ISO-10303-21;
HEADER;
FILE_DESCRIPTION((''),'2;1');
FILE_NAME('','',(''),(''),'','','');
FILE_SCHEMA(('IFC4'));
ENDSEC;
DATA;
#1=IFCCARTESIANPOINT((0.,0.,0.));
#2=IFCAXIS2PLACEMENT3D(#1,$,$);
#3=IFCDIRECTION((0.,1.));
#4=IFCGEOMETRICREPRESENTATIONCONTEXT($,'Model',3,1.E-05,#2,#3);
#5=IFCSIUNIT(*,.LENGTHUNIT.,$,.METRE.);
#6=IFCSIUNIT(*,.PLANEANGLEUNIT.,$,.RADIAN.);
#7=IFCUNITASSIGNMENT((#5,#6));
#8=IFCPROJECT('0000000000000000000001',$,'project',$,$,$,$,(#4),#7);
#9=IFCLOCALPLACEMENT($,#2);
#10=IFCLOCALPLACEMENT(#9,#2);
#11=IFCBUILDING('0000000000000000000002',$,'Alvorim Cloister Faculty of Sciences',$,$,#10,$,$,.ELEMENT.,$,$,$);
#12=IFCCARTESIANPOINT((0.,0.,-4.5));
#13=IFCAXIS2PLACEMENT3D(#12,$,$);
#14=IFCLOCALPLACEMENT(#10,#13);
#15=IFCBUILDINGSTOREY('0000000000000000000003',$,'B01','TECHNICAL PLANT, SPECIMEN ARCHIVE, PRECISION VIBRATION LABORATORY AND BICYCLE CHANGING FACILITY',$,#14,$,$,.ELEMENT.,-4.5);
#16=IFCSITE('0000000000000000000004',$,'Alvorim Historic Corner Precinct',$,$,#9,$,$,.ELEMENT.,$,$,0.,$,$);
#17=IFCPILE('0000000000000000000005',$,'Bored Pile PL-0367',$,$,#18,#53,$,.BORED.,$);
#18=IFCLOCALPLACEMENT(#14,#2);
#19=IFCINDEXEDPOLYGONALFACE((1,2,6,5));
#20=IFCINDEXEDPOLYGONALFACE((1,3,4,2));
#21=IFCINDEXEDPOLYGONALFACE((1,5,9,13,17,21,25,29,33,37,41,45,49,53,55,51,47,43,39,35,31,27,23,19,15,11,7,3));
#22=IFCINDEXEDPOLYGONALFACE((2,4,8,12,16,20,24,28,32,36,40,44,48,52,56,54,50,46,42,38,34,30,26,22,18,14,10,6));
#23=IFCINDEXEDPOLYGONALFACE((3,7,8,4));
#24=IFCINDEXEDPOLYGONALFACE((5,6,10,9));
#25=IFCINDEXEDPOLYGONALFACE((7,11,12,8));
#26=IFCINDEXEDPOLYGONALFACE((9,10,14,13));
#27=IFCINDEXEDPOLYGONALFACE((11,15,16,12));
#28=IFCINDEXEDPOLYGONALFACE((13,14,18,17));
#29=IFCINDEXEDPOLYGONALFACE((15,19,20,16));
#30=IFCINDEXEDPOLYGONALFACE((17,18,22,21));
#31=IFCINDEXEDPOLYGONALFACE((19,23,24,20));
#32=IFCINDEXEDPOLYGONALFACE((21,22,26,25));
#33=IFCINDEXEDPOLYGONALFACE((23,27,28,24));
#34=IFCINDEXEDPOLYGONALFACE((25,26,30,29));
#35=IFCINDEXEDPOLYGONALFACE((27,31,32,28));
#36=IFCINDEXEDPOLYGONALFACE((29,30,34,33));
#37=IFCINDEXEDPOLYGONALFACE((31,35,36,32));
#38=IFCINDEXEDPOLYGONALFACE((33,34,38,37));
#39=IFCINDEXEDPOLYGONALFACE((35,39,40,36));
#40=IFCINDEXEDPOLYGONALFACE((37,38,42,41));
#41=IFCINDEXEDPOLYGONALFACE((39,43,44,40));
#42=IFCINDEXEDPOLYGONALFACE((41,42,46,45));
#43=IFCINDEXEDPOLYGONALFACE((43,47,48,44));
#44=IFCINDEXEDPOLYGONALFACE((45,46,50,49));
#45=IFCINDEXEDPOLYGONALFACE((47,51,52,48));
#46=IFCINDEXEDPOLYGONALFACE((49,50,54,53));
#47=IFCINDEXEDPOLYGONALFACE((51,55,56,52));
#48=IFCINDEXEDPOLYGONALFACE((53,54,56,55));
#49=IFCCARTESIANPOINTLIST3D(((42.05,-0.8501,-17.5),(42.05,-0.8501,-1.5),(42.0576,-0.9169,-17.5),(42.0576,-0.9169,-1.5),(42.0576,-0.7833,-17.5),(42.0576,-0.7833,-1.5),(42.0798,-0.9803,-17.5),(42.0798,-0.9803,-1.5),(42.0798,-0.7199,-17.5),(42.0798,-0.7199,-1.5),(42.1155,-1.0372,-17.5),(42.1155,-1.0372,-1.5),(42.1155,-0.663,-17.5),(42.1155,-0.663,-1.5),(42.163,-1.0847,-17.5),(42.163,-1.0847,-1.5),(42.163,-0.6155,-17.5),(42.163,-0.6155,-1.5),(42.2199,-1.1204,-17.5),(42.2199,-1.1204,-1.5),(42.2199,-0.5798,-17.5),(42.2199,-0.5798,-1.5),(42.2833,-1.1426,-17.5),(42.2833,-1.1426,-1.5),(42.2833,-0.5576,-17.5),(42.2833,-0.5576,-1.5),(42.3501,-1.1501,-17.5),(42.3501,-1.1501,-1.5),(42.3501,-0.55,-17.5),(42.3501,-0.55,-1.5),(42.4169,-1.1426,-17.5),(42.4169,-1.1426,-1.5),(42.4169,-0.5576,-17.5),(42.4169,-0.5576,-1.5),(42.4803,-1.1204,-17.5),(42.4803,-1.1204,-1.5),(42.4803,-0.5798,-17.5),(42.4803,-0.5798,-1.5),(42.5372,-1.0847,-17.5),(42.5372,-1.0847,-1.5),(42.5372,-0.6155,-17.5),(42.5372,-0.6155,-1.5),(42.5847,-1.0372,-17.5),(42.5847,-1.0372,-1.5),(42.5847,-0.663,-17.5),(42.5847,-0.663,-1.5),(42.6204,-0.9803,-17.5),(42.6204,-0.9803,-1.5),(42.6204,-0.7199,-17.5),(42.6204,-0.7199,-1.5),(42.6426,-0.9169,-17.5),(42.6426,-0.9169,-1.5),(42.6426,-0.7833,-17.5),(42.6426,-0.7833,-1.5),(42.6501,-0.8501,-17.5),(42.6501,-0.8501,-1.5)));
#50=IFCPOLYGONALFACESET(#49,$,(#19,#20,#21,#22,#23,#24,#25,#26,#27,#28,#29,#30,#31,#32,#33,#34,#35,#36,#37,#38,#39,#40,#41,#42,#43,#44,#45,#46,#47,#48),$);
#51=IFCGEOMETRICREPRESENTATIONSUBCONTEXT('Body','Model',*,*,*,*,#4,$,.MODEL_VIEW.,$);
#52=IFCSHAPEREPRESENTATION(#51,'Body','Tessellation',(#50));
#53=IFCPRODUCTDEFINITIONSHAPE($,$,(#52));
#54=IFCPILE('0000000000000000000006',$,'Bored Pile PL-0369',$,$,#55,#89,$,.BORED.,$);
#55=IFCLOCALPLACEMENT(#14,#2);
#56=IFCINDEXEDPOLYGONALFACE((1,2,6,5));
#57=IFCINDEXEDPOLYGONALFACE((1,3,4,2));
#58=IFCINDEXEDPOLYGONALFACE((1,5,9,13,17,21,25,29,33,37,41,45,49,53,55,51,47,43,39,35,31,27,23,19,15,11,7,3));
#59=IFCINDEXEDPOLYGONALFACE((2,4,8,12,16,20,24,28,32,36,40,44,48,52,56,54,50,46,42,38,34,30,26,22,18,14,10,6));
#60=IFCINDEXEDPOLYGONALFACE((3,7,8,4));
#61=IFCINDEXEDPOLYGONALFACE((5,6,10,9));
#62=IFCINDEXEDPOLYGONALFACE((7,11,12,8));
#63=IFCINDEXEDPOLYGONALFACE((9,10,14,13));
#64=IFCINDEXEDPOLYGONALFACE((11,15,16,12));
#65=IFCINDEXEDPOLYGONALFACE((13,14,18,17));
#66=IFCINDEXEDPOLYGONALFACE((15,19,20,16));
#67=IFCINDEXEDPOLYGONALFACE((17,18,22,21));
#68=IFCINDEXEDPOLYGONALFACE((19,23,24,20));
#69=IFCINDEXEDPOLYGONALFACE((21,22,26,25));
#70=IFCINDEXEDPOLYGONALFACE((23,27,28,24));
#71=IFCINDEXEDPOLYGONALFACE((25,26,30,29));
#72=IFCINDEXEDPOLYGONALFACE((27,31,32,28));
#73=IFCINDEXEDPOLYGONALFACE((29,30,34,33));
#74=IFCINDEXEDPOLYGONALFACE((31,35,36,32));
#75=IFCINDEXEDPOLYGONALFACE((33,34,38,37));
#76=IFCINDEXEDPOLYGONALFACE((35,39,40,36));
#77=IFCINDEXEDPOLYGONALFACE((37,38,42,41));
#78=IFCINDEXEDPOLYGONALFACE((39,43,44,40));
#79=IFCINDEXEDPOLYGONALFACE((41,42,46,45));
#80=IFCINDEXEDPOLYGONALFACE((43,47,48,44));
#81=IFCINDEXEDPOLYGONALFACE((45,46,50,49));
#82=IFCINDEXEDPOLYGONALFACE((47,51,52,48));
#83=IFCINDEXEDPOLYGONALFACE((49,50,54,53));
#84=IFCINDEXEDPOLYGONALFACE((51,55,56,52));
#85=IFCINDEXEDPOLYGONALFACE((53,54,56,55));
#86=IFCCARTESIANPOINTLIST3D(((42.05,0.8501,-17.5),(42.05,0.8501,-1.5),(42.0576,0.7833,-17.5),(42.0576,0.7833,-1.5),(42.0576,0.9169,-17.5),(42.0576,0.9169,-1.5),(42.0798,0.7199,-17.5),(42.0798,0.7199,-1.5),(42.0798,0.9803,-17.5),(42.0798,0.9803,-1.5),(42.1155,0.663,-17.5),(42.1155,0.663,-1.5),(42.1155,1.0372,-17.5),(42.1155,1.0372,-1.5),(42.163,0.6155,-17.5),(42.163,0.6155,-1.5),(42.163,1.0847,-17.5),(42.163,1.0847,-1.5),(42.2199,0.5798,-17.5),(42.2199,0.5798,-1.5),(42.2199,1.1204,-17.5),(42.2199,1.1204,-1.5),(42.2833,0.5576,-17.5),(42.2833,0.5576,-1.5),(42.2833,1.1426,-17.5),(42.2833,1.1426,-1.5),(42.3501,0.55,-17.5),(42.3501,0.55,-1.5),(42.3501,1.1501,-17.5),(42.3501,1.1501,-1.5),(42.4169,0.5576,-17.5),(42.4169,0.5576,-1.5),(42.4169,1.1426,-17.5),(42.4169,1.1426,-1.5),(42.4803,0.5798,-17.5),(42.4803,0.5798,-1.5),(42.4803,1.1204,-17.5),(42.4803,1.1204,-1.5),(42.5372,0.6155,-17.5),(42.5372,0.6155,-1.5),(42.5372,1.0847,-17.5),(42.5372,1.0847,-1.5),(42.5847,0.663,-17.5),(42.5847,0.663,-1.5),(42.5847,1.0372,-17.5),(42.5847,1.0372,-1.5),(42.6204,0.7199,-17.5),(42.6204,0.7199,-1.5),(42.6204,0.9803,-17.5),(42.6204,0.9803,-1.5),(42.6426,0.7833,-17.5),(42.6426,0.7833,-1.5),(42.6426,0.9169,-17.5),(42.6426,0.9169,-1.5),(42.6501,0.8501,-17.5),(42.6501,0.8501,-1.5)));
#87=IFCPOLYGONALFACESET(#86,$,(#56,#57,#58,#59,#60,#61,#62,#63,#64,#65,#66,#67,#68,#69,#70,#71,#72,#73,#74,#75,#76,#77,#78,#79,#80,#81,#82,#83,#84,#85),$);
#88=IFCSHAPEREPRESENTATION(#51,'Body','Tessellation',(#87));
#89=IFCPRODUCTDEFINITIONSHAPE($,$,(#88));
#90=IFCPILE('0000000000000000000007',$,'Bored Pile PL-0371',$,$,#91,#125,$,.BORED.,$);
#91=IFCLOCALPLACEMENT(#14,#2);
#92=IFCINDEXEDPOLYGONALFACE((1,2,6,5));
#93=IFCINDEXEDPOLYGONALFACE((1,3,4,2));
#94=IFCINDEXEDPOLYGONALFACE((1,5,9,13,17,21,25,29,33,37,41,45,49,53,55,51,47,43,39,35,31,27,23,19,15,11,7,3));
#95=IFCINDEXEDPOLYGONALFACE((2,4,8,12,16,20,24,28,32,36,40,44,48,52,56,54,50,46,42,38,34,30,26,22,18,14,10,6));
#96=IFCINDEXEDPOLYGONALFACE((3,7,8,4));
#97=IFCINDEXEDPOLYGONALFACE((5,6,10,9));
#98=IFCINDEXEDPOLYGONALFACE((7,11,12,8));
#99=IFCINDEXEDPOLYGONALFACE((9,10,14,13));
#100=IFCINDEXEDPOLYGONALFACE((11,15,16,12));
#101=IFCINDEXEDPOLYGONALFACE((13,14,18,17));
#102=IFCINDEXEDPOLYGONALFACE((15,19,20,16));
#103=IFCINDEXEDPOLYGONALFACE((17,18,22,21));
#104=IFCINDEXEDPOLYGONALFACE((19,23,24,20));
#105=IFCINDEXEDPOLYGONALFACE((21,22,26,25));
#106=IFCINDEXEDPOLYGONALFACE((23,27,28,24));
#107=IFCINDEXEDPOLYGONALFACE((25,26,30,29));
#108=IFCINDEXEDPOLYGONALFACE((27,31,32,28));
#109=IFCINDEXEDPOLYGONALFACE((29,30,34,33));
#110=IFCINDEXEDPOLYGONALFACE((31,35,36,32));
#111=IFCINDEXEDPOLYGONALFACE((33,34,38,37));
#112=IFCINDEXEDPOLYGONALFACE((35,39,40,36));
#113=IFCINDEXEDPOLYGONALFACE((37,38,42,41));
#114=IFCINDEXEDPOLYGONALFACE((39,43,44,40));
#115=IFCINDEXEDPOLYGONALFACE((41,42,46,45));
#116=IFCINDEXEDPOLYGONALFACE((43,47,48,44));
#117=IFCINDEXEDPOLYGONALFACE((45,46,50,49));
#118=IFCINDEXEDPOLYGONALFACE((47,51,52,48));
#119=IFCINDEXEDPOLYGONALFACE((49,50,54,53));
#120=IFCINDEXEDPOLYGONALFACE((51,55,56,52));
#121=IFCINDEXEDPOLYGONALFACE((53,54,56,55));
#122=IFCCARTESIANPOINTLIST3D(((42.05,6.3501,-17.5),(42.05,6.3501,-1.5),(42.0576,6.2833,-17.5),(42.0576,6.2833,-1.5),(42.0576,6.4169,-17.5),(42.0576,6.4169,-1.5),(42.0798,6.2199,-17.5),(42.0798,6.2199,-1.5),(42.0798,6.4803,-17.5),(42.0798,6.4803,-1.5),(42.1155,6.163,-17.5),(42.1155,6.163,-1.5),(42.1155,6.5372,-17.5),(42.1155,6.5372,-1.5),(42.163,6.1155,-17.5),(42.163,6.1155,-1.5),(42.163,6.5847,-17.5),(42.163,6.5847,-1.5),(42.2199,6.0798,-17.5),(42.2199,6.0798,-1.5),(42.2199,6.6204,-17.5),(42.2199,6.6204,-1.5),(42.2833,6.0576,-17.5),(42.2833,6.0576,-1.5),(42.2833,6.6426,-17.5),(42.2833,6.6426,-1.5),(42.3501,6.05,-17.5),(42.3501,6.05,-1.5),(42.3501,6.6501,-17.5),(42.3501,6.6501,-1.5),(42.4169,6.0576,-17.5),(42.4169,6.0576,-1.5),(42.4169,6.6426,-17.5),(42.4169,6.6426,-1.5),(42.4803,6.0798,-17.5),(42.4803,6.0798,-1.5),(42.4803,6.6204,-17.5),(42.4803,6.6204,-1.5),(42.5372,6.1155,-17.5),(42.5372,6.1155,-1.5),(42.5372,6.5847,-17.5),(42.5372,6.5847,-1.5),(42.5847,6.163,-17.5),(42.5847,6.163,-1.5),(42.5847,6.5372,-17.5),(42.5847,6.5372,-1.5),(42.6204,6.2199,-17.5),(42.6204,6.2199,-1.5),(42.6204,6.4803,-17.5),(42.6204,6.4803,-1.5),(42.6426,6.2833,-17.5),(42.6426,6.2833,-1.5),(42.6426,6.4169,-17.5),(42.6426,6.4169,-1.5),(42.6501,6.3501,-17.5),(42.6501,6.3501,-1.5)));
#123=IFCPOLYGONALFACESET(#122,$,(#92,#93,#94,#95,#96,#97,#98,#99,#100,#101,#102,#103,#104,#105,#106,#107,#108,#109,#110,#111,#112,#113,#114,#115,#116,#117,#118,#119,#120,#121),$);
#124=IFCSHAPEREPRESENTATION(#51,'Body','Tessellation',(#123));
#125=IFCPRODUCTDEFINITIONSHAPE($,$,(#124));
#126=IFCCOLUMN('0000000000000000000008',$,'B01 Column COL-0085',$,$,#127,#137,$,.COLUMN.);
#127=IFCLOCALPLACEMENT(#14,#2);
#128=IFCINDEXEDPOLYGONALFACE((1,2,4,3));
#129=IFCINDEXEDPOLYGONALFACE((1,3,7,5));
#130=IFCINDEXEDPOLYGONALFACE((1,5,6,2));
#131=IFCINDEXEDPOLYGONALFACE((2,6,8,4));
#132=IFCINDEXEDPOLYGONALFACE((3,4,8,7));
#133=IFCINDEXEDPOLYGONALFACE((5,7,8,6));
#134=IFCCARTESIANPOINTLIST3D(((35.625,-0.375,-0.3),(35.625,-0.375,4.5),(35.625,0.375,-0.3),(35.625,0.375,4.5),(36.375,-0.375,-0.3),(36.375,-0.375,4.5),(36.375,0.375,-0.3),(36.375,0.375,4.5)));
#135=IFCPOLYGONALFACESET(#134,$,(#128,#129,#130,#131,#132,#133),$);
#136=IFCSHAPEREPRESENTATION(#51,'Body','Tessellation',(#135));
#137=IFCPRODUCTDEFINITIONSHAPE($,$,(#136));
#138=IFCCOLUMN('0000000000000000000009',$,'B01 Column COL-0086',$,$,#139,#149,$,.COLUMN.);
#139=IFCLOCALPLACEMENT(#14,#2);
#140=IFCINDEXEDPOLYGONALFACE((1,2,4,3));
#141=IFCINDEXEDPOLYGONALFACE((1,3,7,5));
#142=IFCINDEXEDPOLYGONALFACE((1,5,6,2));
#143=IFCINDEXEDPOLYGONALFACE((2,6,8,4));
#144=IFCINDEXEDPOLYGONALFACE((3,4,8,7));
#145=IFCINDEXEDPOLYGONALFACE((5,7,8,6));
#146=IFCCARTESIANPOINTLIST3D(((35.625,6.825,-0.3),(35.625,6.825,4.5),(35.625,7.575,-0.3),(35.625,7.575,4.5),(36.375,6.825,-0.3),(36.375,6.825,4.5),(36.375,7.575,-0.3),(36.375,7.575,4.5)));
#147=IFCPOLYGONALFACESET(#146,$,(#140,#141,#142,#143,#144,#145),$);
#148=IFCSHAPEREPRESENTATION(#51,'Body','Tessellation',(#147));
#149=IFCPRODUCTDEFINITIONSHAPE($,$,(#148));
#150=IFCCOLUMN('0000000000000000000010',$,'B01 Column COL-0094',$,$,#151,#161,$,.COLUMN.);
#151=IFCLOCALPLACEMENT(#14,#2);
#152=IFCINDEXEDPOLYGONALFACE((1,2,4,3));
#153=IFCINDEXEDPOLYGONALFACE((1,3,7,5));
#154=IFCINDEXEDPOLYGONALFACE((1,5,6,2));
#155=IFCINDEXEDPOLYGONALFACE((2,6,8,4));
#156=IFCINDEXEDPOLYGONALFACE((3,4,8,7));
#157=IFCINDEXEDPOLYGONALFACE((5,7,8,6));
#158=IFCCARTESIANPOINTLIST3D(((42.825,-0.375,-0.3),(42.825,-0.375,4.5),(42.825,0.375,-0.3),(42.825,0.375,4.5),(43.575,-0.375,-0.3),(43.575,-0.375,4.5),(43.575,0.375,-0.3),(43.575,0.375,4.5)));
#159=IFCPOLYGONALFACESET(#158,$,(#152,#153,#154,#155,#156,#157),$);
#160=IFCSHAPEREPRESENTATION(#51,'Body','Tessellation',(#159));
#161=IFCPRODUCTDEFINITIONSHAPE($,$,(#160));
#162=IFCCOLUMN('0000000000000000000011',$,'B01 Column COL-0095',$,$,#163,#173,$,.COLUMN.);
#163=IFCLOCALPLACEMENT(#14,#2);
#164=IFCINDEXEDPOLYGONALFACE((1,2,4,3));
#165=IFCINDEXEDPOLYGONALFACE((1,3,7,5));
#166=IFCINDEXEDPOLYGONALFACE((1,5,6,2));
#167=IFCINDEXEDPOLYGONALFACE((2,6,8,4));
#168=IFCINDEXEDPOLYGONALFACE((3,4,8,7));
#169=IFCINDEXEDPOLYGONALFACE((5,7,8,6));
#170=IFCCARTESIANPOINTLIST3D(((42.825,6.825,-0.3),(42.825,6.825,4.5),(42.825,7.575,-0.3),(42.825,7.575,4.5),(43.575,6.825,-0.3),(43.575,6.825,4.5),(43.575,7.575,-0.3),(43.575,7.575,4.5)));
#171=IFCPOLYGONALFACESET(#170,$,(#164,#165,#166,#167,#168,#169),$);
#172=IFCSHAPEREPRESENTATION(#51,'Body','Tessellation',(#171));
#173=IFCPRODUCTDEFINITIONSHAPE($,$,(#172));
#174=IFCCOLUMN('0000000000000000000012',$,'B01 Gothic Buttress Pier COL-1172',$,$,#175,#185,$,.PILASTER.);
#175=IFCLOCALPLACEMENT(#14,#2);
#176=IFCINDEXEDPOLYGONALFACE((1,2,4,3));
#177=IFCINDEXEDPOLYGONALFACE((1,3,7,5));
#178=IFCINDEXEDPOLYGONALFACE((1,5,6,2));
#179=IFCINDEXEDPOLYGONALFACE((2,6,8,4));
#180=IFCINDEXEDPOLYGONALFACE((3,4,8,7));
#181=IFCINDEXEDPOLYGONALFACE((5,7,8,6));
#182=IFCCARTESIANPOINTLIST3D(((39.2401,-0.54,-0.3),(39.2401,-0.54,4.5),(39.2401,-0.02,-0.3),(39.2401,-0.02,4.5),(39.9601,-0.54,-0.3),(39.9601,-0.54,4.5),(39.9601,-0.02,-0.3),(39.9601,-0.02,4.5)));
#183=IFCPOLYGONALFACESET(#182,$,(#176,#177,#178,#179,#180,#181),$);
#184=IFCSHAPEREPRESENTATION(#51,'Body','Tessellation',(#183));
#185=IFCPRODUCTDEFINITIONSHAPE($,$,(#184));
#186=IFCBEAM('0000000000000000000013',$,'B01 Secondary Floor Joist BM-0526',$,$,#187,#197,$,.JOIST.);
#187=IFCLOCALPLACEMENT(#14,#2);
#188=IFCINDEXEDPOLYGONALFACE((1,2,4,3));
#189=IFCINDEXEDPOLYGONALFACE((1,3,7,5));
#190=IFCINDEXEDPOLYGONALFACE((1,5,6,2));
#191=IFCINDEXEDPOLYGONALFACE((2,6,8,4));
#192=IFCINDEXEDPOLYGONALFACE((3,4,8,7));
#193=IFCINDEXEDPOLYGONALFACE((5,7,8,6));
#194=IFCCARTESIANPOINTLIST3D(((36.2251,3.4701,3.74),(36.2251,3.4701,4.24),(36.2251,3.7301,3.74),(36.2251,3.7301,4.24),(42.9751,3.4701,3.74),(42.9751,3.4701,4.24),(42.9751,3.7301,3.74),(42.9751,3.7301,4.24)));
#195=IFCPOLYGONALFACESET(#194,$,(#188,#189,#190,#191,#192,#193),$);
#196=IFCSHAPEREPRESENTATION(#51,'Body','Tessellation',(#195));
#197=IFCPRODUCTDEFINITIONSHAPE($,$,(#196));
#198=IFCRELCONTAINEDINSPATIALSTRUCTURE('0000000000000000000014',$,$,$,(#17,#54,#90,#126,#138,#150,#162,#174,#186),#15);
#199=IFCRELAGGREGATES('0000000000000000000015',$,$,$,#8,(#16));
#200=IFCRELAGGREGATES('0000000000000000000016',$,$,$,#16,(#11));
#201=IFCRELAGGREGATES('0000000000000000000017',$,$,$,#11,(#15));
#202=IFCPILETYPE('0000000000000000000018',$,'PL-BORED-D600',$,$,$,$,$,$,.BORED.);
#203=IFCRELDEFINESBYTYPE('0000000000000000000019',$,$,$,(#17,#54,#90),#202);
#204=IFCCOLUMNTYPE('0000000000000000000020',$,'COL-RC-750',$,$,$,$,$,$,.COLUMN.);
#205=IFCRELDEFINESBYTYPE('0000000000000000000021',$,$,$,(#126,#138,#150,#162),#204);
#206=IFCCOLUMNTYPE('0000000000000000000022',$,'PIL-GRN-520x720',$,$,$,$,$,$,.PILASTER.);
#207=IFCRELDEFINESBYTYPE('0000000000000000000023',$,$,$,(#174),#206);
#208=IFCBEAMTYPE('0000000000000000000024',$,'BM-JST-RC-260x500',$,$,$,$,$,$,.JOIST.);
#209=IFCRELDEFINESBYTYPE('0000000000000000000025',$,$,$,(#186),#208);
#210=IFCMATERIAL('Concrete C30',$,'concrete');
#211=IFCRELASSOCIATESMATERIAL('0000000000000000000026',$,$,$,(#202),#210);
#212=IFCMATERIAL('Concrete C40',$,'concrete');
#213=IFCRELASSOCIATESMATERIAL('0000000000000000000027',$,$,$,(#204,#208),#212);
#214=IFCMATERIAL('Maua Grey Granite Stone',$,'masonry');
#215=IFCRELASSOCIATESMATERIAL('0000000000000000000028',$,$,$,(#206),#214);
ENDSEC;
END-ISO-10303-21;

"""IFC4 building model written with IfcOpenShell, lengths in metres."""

from ifc_helpers import new_model, si_unit, direction, frame, origin, origin_2d, place, context, subcontext, project, spatial, rectangle, circle, extrude, material, material_profile, profile_set, type_object, element, save


model = new_model("IFC4")

# Units and contexts
model_context = context("Model", 3, precision=1e-05, world=origin(), true_north=direction((0.0, 1.0)))
body_context = subcontext(model_context, "Body", "Model", "MODEL_VIEW")
ifc_project = project(units=[si_unit("LENGTHUNIT", "METRE"), si_unit("PLANEANGLEUNIT", "RADIAN")], contexts=[model_context])

# Site, building, storey
site_placement = place(None, origin())
site = spatial("IfcSite", under=ifc_project, at=site_placement, Name="Alvorim Historic Corner Precinct", CompositionType="ELEMENT", RefElevation=0.0)
building_placement = place(site_placement, origin())
building = spatial("IfcBuilding", under=site, at=building_placement, Name="Alvorim Cloister Faculty of Sciences", CompositionType="ELEMENT")
storey_placement = place(building_placement, frame((0.0, 0.0, -4.5)))
storey = spatial("IfcBuildingStorey", under=building, at=storey_placement, Name="B01", Description="TECHNICAL PLANT, SPECIMEN ARCHIVE, PRECISION VIBRATION LABORATORY AND BICYCLE CHANGING FACILITY", CompositionType="ELEMENT", Elevation=-4.5)

# Shared definitions
ifc_material_1 = material(Name="Concrete C40", Category="concrete")

# Piles
ifc_material_2 = material(Name="Concrete C30", Category="concrete")
ifc_material_profile_1 = material_profile(ifc_material_2, circle(Radius=0.3, at=origin_2d()), Name="PILE-D600")
ifc_profile_set_1 = profile_set([ifc_material_profile_1], Name="Concrete C30")
pile_type = type_object("IfcPileType", Name="PL-BORED-D600", PredefinedType="BORED", material=ifc_profile_set_1)
for number, where, z_axis, x_axis, name in (
    (1, (42.3501, -0.8501, -1.5), (0.0, 0.0, -1.0), (1.0, 0.0, 0.0), "Bored Pile PL-0367"),
    (2, (42.3501, 0.8501, -1.5), (0.0, 0.0, -1.0), (1.0, 0.0, 0.0), "Bored Pile PL-0369"),
    (3, (42.3501, 6.3501, -1.5), (0.0, 0.0, -1.0), (1.0, 0.0, 0.0), "Bored Pile PL-0371"),
):
    element("IfcPile", number, at=place(storey_placement, frame(where, z_axis=z_axis, x_axis=x_axis)), inside=storey, type_object=pile_type, Name=name, PredefinedType="BORED", context=body_context, shape_type="SweptSolid", body=[
        extrude(circle(Radius=0.3, at=origin_2d()), origin(), (0.0, 0.0, 1.0), 16.0),
    ])

# Columns
ifc_material_profile_2 = material_profile(ifc_material_1, rectangle(XDim=0.75, YDim=0.75, at=origin_2d()), Name="RC40-COL-750x750")
ifc_profile_set_2 = profile_set([ifc_material_profile_2], Name="Concrete C40")
column_type_1 = type_object("IfcColumnType", Name="COL-RC-750", PredefinedType="COLUMN", material=ifc_profile_set_2)
for number, where, z_axis, x_axis, name in (
    (4, (36.0, 0.0, -0.3), (0.0, 0.0, 1.0), (1.0, 0.0, 0.0), "B01 Column COL-0085"),
    (5, (36.0, 7.2, -0.3), (0.0, 0.0, 1.0), (1.0, 0.0, 0.0), "B01 Column COL-0086"),
    (6, (43.2, 0.0, -0.3), (0.0, 0.0, 1.0), (1.0, 0.0, 0.0), "B01 Column COL-0094"),
    (7, (43.2, 7.2, -0.3), (0.0, 0.0, 1.0), (1.0, 0.0, 0.0), "B01 Column COL-0095"),
):
    element("IfcColumn", number, at=place(storey_placement, frame(where, z_axis=z_axis, x_axis=x_axis)), inside=storey, type_object=column_type_1, Name=name, PredefinedType="COLUMN", context=body_context, shape_type="SweptSolid", body=[
        extrude(rectangle(XDim=0.75, YDim=0.75, at=origin_2d()), origin(), (0.0, 0.0, 1.0), 4.8),
    ])
ifc_material_3 = material(Name="Maua Grey Granite Stone", Category="masonry")
ifc_material_profile_3 = material_profile(ifc_material_3, rectangle(XDim=0.52, YDim=0.72, at=origin_2d()), Name="GRN-PIER-520x720")
ifc_profile_set_3 = profile_set([ifc_material_profile_3], Name="Maua Grey Granite Stone")
column_type_2 = type_object("IfcColumnType", Name="PIL-GRN-520x720", PredefinedType="PILASTER", material=ifc_profile_set_3)
column_placement = place(storey_placement, frame((39.6001, -0.28, -0.3), z_axis=(0.0, 0.0, 1.0), x_axis=(0.0, 1.0, 0.0)))
element("IfcColumn", 8, at=column_placement, inside=storey, type_object=column_type_2, Name="B01 Gothic Buttress Pier COL-1172", PredefinedType="PILASTER", context=body_context, shape_type="SweptSolid", body=[
    extrude(rectangle(XDim=0.52, YDim=0.72, at=origin_2d()), origin(), (0.0, 0.0, 1.0), 4.8),
])

# Beam
ifc_material_profile_4 = material_profile(ifc_material_1, rectangle(XDim=0.26, YDim=0.5, at=origin_2d()), Name="RC40-JST-260x500")
ifc_profile_set_4 = profile_set([ifc_material_profile_4], Name="Concrete C40")
beam_type_1 = type_object("IfcBeamType", Name="BM-JST-RC-260x500", PredefinedType="JOIST", material=ifc_profile_set_4)
beam_1_placement = place(storey_placement, frame((36.2251, 3.6001, 3.99), z_axis=(1.0, 0.0, 0.0), x_axis=(0.0, 1.0, 0.0)))
element("IfcBeam", 9, at=beam_1_placement, inside=storey, type_object=beam_type_1, Name="B01 Secondary Floor Joist BM-0526", PredefinedType="JOIST", context=body_context, shape_type="SweptSolid", body=[
    extrude(rectangle(XDim=0.26, YDim=0.5, at=origin_2d()), origin(), (0.0, 0.0, 1.0), 6.75),
])

save(model, "model.ifc")
